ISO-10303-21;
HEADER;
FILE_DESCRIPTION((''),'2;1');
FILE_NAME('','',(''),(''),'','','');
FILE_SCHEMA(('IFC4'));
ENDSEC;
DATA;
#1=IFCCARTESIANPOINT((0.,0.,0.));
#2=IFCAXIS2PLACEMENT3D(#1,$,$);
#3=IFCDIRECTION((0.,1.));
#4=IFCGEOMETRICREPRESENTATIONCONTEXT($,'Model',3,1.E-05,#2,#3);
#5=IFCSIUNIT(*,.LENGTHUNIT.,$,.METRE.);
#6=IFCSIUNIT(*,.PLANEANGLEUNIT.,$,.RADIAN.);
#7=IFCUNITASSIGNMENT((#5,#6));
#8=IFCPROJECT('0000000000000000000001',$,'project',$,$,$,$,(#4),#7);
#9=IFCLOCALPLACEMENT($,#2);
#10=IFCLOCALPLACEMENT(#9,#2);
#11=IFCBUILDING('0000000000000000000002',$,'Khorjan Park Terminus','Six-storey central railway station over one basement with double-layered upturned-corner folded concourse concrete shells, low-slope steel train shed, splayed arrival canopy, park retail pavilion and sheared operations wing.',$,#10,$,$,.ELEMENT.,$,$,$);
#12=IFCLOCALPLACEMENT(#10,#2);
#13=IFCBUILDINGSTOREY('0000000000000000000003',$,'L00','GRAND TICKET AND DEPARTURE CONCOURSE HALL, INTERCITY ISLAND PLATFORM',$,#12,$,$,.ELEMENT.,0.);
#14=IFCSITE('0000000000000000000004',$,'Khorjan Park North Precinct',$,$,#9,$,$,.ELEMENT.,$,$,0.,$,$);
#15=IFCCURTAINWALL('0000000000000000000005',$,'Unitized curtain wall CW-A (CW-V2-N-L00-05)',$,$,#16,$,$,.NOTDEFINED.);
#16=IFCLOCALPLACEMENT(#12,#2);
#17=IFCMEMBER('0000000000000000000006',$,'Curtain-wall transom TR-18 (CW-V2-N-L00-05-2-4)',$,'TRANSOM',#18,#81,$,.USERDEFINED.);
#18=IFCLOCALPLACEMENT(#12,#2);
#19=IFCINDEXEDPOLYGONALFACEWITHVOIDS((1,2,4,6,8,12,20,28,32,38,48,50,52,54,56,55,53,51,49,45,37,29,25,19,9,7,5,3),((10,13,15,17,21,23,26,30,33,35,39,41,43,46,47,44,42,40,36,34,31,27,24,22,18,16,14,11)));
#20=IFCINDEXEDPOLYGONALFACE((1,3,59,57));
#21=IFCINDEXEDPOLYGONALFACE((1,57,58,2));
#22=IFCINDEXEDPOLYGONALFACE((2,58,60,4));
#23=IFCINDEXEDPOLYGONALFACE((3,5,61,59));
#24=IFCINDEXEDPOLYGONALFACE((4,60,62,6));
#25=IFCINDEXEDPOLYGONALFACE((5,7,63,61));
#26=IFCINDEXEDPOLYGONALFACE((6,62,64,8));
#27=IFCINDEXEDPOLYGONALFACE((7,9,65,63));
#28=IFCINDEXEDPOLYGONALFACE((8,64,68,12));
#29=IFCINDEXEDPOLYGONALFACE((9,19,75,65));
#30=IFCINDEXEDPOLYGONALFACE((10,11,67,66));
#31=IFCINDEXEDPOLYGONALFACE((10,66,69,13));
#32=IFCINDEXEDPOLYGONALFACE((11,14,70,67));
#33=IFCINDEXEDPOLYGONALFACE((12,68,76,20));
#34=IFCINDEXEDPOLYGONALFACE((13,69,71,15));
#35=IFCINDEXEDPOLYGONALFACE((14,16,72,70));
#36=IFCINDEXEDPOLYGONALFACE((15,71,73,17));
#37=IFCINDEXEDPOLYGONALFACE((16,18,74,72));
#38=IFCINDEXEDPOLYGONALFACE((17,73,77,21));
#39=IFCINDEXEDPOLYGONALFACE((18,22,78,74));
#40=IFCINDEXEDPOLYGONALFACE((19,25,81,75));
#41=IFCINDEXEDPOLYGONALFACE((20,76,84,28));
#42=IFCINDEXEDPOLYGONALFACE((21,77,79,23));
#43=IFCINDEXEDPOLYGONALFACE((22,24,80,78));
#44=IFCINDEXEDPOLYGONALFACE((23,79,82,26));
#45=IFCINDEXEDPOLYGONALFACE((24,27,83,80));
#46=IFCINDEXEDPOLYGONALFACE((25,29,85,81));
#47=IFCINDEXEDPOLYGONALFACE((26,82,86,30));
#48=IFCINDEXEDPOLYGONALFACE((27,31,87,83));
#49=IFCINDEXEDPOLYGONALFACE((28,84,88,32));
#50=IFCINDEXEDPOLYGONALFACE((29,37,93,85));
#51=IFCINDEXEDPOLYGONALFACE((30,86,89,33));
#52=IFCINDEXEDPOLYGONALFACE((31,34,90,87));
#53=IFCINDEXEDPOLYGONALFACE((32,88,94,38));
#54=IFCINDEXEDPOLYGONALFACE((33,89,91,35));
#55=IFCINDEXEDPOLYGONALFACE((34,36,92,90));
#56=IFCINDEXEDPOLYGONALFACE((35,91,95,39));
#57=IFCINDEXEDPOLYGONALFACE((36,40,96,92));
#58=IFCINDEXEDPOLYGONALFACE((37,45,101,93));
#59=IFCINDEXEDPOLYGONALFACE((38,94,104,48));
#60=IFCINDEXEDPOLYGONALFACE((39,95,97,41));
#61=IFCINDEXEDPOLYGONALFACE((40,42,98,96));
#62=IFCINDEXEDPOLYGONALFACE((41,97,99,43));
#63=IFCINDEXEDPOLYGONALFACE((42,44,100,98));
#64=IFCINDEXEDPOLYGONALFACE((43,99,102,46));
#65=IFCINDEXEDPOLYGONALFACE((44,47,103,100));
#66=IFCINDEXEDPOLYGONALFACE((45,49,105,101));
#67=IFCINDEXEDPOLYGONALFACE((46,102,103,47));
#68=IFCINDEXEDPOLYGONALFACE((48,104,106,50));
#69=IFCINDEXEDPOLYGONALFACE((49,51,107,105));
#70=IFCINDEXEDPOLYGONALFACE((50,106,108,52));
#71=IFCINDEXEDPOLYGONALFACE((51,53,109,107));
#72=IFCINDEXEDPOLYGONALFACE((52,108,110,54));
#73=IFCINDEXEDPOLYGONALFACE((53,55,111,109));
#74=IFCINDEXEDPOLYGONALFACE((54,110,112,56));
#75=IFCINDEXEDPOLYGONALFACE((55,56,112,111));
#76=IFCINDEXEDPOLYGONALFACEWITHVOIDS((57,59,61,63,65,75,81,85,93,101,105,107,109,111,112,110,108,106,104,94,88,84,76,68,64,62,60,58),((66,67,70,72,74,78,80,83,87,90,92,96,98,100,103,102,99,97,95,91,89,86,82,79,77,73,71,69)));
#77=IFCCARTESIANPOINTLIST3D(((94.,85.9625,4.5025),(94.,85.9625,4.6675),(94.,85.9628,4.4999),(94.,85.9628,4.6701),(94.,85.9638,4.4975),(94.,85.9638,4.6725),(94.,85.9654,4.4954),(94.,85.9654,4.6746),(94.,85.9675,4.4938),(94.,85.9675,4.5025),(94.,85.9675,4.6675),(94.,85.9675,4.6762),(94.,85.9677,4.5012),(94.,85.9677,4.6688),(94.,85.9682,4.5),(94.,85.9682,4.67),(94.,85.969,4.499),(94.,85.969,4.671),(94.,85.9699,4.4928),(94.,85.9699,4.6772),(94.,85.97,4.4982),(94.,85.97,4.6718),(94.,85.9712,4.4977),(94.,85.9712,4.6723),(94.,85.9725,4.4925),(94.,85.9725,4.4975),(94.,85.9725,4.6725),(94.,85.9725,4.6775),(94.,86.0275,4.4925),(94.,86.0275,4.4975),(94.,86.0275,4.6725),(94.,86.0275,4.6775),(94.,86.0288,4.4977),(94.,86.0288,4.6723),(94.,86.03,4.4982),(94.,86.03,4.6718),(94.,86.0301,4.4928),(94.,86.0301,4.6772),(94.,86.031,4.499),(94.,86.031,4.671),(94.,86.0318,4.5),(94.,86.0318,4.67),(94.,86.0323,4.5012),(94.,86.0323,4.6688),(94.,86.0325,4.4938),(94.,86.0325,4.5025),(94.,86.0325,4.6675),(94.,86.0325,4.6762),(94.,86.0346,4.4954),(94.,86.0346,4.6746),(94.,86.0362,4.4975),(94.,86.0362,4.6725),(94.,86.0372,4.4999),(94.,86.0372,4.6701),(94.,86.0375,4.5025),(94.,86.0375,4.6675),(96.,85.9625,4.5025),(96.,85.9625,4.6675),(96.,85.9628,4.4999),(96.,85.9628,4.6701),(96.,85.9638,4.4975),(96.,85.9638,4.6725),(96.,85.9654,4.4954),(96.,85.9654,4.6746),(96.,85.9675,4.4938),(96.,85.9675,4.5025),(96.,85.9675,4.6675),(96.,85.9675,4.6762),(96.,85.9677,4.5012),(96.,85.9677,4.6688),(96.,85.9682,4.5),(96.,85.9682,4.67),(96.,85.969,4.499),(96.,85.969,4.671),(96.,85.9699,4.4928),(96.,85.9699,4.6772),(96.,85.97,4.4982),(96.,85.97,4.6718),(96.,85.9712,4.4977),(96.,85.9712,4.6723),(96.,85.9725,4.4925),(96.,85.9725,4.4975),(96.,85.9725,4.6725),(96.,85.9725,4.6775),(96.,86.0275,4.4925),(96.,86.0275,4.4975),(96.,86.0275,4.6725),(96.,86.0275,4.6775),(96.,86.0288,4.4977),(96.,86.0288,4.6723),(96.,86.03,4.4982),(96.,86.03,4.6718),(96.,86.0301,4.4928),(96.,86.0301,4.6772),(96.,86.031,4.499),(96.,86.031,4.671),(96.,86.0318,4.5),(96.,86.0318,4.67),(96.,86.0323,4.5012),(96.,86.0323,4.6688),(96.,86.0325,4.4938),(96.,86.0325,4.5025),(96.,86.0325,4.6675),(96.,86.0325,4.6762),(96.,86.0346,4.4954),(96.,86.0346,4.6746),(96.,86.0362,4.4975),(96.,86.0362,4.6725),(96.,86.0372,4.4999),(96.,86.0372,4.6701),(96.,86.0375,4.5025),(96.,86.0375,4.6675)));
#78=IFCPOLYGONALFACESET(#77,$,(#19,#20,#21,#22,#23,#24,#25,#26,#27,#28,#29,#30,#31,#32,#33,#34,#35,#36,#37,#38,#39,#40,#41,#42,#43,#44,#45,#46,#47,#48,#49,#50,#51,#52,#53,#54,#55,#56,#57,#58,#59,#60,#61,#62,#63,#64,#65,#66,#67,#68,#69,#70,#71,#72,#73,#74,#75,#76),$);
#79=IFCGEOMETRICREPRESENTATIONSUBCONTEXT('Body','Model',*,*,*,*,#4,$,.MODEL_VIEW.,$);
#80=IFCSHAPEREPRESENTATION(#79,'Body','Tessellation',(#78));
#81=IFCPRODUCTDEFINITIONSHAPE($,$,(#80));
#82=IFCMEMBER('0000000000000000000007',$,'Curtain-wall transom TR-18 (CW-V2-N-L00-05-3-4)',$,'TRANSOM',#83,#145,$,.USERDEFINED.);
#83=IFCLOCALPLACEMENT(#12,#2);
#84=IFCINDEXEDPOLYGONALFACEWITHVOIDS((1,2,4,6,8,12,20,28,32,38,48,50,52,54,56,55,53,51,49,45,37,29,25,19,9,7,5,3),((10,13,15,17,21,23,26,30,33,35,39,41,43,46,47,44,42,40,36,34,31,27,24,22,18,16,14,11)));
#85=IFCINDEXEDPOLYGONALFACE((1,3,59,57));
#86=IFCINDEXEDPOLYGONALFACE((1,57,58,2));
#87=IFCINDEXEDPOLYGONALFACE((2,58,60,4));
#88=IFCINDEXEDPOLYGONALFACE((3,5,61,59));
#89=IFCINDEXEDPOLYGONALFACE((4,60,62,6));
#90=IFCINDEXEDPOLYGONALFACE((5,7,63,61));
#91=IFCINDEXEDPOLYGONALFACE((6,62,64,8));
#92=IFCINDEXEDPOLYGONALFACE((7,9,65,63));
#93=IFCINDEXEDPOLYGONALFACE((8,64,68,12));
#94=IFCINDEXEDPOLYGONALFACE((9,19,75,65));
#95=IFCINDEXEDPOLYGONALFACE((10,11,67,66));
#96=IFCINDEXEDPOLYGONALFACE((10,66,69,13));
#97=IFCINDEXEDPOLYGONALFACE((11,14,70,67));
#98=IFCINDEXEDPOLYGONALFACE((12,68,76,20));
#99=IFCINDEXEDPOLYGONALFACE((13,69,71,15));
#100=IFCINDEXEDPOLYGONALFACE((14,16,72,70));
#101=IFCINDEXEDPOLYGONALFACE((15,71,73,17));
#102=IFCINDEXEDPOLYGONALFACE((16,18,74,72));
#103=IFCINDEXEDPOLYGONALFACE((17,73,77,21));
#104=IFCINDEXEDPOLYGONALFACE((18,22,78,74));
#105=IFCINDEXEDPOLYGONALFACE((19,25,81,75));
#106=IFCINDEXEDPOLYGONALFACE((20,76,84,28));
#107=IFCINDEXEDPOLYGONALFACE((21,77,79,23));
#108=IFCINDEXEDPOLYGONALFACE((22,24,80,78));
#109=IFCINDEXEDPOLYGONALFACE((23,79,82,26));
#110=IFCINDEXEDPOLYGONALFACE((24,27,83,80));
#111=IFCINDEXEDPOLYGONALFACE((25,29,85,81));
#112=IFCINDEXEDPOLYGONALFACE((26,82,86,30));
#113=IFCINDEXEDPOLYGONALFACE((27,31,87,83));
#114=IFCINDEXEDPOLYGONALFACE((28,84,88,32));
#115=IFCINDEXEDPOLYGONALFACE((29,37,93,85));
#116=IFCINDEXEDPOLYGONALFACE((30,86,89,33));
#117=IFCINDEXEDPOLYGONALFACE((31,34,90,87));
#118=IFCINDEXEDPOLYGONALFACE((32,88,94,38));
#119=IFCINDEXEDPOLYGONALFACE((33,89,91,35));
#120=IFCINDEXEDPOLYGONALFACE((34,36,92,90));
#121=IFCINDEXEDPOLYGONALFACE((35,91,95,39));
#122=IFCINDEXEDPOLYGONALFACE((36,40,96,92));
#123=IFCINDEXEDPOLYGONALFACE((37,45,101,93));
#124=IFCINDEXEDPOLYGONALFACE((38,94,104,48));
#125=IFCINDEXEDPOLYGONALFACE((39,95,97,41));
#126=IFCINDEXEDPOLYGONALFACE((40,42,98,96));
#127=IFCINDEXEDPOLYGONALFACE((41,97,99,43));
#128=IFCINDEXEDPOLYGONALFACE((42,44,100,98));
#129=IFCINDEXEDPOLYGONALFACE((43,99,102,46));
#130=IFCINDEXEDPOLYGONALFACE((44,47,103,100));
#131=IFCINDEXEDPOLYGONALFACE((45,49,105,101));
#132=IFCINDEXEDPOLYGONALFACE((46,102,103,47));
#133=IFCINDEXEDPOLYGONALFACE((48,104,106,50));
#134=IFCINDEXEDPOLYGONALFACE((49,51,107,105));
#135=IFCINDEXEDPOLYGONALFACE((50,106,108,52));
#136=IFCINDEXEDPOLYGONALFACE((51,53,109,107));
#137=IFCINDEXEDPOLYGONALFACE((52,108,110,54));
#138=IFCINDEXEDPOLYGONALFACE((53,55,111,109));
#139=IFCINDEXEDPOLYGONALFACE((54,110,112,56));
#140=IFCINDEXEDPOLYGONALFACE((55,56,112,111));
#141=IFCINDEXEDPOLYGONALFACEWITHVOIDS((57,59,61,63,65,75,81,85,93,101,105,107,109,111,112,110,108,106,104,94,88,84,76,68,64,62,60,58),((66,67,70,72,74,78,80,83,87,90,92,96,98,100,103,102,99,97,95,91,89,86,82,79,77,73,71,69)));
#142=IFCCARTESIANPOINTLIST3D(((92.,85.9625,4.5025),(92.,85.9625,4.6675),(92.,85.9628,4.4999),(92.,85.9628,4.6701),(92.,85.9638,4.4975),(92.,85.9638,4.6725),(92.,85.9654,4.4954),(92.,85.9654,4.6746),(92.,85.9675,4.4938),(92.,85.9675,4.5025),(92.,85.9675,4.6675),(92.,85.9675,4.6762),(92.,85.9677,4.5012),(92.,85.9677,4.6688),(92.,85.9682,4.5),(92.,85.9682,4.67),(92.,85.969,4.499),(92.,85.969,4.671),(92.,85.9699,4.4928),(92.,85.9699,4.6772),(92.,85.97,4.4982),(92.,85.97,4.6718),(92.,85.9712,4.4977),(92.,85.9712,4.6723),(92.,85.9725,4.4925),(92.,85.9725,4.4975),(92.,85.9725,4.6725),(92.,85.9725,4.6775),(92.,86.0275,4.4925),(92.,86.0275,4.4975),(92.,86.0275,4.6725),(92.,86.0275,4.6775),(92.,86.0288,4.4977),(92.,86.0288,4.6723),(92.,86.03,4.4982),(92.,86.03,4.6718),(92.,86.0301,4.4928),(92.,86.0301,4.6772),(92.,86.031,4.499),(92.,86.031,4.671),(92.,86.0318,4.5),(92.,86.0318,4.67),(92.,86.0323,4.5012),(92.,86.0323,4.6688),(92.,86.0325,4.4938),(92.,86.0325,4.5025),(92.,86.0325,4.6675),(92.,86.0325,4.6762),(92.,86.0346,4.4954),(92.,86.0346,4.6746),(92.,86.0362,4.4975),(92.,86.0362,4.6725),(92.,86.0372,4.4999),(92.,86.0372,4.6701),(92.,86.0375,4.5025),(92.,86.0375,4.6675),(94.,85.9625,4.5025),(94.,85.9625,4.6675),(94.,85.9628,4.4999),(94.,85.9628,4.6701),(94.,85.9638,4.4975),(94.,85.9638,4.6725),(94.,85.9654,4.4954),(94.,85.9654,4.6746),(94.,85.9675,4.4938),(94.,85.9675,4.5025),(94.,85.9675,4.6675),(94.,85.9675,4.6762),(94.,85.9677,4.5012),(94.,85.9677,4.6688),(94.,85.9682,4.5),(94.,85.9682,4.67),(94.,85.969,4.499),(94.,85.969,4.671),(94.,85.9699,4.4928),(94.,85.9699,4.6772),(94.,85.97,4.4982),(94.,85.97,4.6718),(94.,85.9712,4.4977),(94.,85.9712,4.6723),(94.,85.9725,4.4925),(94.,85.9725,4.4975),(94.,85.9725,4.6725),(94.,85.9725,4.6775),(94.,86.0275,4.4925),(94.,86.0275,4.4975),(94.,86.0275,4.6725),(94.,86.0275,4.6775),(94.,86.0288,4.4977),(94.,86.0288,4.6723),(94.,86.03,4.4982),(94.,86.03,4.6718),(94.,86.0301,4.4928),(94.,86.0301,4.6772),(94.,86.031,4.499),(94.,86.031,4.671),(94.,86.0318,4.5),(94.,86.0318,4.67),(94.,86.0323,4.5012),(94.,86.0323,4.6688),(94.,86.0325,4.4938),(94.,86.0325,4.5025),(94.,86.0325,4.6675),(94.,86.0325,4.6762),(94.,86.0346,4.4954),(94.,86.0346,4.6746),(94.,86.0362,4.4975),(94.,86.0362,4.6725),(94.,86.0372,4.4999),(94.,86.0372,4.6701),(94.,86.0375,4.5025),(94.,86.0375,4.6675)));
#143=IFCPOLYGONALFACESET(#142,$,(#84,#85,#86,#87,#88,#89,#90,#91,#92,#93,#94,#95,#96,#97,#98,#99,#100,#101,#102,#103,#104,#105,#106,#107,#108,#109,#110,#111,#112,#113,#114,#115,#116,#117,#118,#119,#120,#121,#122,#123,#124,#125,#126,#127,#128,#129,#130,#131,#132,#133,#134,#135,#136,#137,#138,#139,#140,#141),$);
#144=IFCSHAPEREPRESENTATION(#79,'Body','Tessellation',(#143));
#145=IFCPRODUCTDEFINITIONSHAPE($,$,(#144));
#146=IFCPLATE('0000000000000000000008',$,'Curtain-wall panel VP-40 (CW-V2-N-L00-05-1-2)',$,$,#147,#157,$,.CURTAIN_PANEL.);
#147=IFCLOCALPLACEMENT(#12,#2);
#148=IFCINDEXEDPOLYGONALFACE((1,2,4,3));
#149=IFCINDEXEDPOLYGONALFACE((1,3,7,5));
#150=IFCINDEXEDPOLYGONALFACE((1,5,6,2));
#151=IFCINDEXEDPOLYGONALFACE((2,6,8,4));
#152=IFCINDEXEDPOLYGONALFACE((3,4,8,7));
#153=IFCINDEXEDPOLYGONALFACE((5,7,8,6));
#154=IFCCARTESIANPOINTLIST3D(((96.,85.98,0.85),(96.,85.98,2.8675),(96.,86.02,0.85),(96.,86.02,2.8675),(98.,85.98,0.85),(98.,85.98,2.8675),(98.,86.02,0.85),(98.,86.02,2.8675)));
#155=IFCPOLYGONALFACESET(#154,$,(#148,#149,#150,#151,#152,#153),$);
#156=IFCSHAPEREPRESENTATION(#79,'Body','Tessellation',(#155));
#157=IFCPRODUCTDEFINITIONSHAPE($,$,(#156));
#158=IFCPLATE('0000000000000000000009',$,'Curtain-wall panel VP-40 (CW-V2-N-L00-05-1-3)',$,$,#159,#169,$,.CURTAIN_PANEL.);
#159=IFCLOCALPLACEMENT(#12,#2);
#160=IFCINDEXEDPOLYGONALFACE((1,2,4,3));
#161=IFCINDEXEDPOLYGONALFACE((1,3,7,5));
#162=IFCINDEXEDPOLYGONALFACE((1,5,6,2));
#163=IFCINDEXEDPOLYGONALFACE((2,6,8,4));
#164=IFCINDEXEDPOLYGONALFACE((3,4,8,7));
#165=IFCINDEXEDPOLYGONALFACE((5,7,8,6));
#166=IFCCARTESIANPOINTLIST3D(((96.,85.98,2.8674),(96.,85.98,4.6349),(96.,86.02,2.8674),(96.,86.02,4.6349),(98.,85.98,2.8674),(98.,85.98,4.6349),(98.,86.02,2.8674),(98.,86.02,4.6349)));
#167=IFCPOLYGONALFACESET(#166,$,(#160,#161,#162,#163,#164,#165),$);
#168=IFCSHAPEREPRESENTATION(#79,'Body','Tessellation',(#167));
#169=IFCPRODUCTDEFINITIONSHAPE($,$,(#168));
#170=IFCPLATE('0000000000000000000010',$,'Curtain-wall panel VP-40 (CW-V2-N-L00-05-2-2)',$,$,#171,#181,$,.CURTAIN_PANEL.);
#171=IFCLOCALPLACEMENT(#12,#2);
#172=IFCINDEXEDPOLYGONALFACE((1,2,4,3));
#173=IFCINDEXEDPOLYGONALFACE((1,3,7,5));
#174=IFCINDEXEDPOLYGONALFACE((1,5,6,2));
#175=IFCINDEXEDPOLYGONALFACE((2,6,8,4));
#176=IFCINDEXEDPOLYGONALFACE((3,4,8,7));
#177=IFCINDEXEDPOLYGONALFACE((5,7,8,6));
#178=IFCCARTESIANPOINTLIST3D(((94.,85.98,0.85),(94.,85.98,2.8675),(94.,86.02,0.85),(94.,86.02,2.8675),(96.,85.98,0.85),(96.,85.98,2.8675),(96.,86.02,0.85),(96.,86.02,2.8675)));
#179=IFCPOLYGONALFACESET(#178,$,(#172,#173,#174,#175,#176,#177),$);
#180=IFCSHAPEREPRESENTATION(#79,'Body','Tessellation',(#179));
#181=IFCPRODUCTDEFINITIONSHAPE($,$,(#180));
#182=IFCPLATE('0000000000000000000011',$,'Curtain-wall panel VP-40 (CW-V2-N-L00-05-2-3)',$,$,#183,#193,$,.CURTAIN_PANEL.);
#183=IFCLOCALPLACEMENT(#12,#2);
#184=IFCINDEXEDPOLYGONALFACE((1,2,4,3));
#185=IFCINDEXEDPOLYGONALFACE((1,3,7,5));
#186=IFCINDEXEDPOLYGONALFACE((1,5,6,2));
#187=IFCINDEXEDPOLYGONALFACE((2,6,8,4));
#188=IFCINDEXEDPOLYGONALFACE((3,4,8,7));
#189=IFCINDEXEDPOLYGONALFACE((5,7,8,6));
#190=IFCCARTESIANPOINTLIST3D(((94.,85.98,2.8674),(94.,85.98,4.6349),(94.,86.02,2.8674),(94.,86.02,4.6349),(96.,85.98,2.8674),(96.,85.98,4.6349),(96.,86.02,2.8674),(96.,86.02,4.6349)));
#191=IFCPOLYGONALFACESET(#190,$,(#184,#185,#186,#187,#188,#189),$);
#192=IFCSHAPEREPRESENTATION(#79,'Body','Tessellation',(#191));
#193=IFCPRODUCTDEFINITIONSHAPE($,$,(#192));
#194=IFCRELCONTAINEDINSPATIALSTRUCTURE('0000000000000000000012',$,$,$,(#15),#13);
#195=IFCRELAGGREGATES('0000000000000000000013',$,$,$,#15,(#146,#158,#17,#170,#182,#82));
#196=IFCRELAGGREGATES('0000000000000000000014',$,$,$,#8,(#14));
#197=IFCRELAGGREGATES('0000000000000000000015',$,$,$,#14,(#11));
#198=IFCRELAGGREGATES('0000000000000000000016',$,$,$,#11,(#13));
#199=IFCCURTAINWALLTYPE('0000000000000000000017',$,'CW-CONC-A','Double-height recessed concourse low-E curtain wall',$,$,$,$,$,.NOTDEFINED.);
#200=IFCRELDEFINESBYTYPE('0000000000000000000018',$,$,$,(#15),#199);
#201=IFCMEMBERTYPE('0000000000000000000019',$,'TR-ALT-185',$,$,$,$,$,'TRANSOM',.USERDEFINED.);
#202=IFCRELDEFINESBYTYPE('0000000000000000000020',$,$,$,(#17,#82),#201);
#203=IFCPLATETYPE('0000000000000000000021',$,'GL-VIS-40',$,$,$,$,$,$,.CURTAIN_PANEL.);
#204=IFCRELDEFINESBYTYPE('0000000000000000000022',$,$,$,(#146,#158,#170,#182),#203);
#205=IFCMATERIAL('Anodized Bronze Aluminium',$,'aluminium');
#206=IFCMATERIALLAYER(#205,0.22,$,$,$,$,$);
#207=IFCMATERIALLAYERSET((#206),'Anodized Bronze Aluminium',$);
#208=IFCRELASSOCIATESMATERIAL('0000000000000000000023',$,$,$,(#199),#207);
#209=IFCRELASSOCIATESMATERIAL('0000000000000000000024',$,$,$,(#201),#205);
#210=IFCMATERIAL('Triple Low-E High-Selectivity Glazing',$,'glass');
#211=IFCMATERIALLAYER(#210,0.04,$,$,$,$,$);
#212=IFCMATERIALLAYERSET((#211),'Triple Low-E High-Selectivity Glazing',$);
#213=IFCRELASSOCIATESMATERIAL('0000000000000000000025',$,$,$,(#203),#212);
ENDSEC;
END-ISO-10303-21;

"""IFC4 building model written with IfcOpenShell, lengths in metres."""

from ifc_helpers import new_model, si_unit, direction, frame, origin, origin_2d, place, context, subcontext, project, spatial, rectangle, hollow_rectangle, extrude, material, layer, layer_set, material_profile, profile_set, type_object, element, aggregate, save


model = new_model("IFC4")

# Units and contexts
model_context = context("Model", 3, precision=1e-05, world=origin(), true_north=direction((0.0, 1.0)))
body_context = subcontext(model_context, "Body", "Model", "MODEL_VIEW")
ifc_project = project(units=[si_unit("LENGTHUNIT", "METRE"), si_unit("PLANEANGLEUNIT", "RADIAN")], contexts=[model_context])

# Site, building, storey
site_placement = place(None, origin())
site = spatial("IfcSite", under=ifc_project, at=site_placement, Name="Khorjan Park North Precinct", CompositionType="ELEMENT", RefElevation=0.0)
building_placement = place(site_placement, origin())
building = spatial("IfcBuilding", under=site, at=building_placement, Name="Khorjan Park Terminus", Description="Six-storey central railway station over one basement with double-layered upturned-corner folded concourse concrete shells, low-slope steel train shed, splayed arrival canopy, park retail pavilion and sheared operations wing.", CompositionType="ELEMENT")
storey_placement = place(building_placement, origin())
storey = spatial("IfcBuildingStorey", under=building, at=storey_placement, Name="L00", Description="GRAND TICKET AND DEPARTURE CONCOURSE HALL, INTERCITY ISLAND PLATFORM", CompositionType="ELEMENT", Elevation=0.0)

# Curtain wall, members, plates
ifc_material_1 = material(Name="Anodized Bronze Aluminium", Category="aluminium")
ifc_layer_1 = layer(ifc_material_1, 0.22)
ifc_layer_set_1 = layer_set([ifc_layer_1], Name="Anodized Bronze Aluminium")
curtain_wall_type = type_object("IfcCurtainWallType", Name="CW-CONC-A", Description="Double-height recessed concourse low-E curtain wall", PredefinedType="NOTDEFINED", material=ifc_layer_set_1)
curtain_wall_placement = place(storey_placement, origin())
curtain_wall = element("IfcCurtainWall", 1, at=curtain_wall_placement, inside=storey, type_object=curtain_wall_type, Name="Unitized curtain wall CW-A (CW-V2-N-L00-05)", PredefinedType="NOTDEFINED")
ifc_material_profile_1 = material_profile(ifc_material_1, hollow_rectangle(XDim=0.075, YDim=0.185, WallThickness=0.005, InnerFilletRadius=0.005, OuterFilletRadius=0.01, at=origin_2d()), Name="ALT 75x185x5")
ifc_profile_set_1 = profile_set([ifc_material_profile_1], Name="Anodized Bronze Aluminium")
member_type_1 = type_object("IfcMemberType", Name="TR-ALT-185", ElementType="TRANSOM", PredefinedType="USERDEFINED", material=ifc_profile_set_1)
member_1_placement = place(storey_placement, frame((96.0, 86.0, 4.585), z_axis=(-1.0, 0.0, 0.0), x_axis=(0.0, -1.0, 0.0)))
member_1 = element("IfcMember", 2, at=member_1_placement, type_object=member_type_1, Name="Curtain-wall transom TR-18 (CW-V2-N-L00-05-2-4)", ObjectType="TRANSOM", PredefinedType="USERDEFINED", context=body_context, shape_type="SweptSolid", body=[
    extrude(hollow_rectangle(XDim=0.075, YDim=0.185, WallThickness=0.005, InnerFilletRadius=0.005, OuterFilletRadius=0.01, at=origin_2d()), origin(), (0.0, 0.0, 1.0), 2.0),
])
member_2_placement = place(storey_placement, frame((94.0, 86.0, 4.585), z_axis=(-1.0, 0.0, 0.0), x_axis=(0.0, -1.0, 0.0)))
member_2 = element("IfcMember", 3, at=member_2_placement, type_object=member_type_1, Name="Curtain-wall transom TR-18 (CW-V2-N-L00-05-3-4)", ObjectType="TRANSOM", PredefinedType="USERDEFINED", context=body_context, shape_type="SweptSolid", body=[
    extrude(hollow_rectangle(XDim=0.075, YDim=0.185, WallThickness=0.005, InnerFilletRadius=0.005, OuterFilletRadius=0.01, at=origin_2d()), origin(), (0.0, 0.0, 1.0), 2.0),
])
ifc_material_2 = material(Name="Triple Low-E High-Selectivity Glazing", Category="glass")
ifc_layer_2 = layer(ifc_material_2, 0.04)
ifc_layer_set_2 = layer_set([ifc_layer_2], Name="Triple Low-E High-Selectivity Glazing")
plate_type_1 = type_object("IfcPlateType", Name="GL-VIS-40", PredefinedType="CURTAIN_PANEL", material=ifc_layer_set_2)
plate_1_placement = place(storey_placement, frame((97.0, 86.0, 0.85), z_axis=(0.0, 0.0, 1.0), x_axis=(-1.0, 0.0, 0.0)))
plate_1 = element("IfcPlate", 4, at=plate_1_placement, type_object=plate_type_1, Name="Curtain-wall panel VP-40 (CW-V2-N-L00-05-1-2)", PredefinedType="CURTAIN_PANEL", context=body_context, shape_type="SweptSolid", body=[
    extrude(rectangle(XDim=2.0, YDim=0.04, at=origin_2d()), origin(), (0.0, 0.0, 1.0), 2.0175),
])
plate_2_placement = place(storey_placement, frame((97.0, 86.0, 2.8674), z_axis=(0.0, 0.0, 1.0), x_axis=(-1.0, 0.0, 0.0)))
plate_2 = element("IfcPlate", 5, at=plate_2_placement, type_object=plate_type_1, Name="Curtain-wall panel VP-40 (CW-V2-N-L00-05-1-3)", PredefinedType="CURTAIN_PANEL", context=body_context, shape_type="SweptSolid", body=[
    extrude(rectangle(XDim=2.0, YDim=0.04, at=origin_2d()), origin(), (0.0, 0.0, 1.0), 1.7675),
])
plate_3_placement = place(storey_placement, frame((95.0, 86.0, 0.85), z_axis=(0.0, 0.0, 1.0), x_axis=(-1.0, 0.0, 0.0)))
plate_3 = element("IfcPlate", 6, at=plate_3_placement, type_object=plate_type_1, Name="Curtain-wall panel VP-40 (CW-V2-N-L00-05-2-2)", PredefinedType="CURTAIN_PANEL", context=body_context, shape_type="SweptSolid", body=[
    extrude(rectangle(XDim=2.0, YDim=0.04, at=origin_2d()), origin(), (0.0, 0.0, 1.0), 2.0175),
])
plate_4_placement = place(storey_placement, frame((95.0, 86.0, 2.8674), z_axis=(0.0, 0.0, 1.0), x_axis=(-1.0, 0.0, 0.0)))
plate_4 = element("IfcPlate", 7, at=plate_4_placement, type_object=plate_type_1, Name="Curtain-wall panel VP-40 (CW-V2-N-L00-05-2-3)", PredefinedType="CURTAIN_PANEL", context=body_context, shape_type="SweptSolid", body=[
    extrude(rectangle(XDim=2.0, YDim=0.04, at=origin_2d()), origin(), (0.0, 0.0, 1.0), 1.7675),
])
aggregate(curtain_wall, [plate_1, plate_2, member_1, plate_3, plate_4, member_2])

save(model, "model.ifc")
